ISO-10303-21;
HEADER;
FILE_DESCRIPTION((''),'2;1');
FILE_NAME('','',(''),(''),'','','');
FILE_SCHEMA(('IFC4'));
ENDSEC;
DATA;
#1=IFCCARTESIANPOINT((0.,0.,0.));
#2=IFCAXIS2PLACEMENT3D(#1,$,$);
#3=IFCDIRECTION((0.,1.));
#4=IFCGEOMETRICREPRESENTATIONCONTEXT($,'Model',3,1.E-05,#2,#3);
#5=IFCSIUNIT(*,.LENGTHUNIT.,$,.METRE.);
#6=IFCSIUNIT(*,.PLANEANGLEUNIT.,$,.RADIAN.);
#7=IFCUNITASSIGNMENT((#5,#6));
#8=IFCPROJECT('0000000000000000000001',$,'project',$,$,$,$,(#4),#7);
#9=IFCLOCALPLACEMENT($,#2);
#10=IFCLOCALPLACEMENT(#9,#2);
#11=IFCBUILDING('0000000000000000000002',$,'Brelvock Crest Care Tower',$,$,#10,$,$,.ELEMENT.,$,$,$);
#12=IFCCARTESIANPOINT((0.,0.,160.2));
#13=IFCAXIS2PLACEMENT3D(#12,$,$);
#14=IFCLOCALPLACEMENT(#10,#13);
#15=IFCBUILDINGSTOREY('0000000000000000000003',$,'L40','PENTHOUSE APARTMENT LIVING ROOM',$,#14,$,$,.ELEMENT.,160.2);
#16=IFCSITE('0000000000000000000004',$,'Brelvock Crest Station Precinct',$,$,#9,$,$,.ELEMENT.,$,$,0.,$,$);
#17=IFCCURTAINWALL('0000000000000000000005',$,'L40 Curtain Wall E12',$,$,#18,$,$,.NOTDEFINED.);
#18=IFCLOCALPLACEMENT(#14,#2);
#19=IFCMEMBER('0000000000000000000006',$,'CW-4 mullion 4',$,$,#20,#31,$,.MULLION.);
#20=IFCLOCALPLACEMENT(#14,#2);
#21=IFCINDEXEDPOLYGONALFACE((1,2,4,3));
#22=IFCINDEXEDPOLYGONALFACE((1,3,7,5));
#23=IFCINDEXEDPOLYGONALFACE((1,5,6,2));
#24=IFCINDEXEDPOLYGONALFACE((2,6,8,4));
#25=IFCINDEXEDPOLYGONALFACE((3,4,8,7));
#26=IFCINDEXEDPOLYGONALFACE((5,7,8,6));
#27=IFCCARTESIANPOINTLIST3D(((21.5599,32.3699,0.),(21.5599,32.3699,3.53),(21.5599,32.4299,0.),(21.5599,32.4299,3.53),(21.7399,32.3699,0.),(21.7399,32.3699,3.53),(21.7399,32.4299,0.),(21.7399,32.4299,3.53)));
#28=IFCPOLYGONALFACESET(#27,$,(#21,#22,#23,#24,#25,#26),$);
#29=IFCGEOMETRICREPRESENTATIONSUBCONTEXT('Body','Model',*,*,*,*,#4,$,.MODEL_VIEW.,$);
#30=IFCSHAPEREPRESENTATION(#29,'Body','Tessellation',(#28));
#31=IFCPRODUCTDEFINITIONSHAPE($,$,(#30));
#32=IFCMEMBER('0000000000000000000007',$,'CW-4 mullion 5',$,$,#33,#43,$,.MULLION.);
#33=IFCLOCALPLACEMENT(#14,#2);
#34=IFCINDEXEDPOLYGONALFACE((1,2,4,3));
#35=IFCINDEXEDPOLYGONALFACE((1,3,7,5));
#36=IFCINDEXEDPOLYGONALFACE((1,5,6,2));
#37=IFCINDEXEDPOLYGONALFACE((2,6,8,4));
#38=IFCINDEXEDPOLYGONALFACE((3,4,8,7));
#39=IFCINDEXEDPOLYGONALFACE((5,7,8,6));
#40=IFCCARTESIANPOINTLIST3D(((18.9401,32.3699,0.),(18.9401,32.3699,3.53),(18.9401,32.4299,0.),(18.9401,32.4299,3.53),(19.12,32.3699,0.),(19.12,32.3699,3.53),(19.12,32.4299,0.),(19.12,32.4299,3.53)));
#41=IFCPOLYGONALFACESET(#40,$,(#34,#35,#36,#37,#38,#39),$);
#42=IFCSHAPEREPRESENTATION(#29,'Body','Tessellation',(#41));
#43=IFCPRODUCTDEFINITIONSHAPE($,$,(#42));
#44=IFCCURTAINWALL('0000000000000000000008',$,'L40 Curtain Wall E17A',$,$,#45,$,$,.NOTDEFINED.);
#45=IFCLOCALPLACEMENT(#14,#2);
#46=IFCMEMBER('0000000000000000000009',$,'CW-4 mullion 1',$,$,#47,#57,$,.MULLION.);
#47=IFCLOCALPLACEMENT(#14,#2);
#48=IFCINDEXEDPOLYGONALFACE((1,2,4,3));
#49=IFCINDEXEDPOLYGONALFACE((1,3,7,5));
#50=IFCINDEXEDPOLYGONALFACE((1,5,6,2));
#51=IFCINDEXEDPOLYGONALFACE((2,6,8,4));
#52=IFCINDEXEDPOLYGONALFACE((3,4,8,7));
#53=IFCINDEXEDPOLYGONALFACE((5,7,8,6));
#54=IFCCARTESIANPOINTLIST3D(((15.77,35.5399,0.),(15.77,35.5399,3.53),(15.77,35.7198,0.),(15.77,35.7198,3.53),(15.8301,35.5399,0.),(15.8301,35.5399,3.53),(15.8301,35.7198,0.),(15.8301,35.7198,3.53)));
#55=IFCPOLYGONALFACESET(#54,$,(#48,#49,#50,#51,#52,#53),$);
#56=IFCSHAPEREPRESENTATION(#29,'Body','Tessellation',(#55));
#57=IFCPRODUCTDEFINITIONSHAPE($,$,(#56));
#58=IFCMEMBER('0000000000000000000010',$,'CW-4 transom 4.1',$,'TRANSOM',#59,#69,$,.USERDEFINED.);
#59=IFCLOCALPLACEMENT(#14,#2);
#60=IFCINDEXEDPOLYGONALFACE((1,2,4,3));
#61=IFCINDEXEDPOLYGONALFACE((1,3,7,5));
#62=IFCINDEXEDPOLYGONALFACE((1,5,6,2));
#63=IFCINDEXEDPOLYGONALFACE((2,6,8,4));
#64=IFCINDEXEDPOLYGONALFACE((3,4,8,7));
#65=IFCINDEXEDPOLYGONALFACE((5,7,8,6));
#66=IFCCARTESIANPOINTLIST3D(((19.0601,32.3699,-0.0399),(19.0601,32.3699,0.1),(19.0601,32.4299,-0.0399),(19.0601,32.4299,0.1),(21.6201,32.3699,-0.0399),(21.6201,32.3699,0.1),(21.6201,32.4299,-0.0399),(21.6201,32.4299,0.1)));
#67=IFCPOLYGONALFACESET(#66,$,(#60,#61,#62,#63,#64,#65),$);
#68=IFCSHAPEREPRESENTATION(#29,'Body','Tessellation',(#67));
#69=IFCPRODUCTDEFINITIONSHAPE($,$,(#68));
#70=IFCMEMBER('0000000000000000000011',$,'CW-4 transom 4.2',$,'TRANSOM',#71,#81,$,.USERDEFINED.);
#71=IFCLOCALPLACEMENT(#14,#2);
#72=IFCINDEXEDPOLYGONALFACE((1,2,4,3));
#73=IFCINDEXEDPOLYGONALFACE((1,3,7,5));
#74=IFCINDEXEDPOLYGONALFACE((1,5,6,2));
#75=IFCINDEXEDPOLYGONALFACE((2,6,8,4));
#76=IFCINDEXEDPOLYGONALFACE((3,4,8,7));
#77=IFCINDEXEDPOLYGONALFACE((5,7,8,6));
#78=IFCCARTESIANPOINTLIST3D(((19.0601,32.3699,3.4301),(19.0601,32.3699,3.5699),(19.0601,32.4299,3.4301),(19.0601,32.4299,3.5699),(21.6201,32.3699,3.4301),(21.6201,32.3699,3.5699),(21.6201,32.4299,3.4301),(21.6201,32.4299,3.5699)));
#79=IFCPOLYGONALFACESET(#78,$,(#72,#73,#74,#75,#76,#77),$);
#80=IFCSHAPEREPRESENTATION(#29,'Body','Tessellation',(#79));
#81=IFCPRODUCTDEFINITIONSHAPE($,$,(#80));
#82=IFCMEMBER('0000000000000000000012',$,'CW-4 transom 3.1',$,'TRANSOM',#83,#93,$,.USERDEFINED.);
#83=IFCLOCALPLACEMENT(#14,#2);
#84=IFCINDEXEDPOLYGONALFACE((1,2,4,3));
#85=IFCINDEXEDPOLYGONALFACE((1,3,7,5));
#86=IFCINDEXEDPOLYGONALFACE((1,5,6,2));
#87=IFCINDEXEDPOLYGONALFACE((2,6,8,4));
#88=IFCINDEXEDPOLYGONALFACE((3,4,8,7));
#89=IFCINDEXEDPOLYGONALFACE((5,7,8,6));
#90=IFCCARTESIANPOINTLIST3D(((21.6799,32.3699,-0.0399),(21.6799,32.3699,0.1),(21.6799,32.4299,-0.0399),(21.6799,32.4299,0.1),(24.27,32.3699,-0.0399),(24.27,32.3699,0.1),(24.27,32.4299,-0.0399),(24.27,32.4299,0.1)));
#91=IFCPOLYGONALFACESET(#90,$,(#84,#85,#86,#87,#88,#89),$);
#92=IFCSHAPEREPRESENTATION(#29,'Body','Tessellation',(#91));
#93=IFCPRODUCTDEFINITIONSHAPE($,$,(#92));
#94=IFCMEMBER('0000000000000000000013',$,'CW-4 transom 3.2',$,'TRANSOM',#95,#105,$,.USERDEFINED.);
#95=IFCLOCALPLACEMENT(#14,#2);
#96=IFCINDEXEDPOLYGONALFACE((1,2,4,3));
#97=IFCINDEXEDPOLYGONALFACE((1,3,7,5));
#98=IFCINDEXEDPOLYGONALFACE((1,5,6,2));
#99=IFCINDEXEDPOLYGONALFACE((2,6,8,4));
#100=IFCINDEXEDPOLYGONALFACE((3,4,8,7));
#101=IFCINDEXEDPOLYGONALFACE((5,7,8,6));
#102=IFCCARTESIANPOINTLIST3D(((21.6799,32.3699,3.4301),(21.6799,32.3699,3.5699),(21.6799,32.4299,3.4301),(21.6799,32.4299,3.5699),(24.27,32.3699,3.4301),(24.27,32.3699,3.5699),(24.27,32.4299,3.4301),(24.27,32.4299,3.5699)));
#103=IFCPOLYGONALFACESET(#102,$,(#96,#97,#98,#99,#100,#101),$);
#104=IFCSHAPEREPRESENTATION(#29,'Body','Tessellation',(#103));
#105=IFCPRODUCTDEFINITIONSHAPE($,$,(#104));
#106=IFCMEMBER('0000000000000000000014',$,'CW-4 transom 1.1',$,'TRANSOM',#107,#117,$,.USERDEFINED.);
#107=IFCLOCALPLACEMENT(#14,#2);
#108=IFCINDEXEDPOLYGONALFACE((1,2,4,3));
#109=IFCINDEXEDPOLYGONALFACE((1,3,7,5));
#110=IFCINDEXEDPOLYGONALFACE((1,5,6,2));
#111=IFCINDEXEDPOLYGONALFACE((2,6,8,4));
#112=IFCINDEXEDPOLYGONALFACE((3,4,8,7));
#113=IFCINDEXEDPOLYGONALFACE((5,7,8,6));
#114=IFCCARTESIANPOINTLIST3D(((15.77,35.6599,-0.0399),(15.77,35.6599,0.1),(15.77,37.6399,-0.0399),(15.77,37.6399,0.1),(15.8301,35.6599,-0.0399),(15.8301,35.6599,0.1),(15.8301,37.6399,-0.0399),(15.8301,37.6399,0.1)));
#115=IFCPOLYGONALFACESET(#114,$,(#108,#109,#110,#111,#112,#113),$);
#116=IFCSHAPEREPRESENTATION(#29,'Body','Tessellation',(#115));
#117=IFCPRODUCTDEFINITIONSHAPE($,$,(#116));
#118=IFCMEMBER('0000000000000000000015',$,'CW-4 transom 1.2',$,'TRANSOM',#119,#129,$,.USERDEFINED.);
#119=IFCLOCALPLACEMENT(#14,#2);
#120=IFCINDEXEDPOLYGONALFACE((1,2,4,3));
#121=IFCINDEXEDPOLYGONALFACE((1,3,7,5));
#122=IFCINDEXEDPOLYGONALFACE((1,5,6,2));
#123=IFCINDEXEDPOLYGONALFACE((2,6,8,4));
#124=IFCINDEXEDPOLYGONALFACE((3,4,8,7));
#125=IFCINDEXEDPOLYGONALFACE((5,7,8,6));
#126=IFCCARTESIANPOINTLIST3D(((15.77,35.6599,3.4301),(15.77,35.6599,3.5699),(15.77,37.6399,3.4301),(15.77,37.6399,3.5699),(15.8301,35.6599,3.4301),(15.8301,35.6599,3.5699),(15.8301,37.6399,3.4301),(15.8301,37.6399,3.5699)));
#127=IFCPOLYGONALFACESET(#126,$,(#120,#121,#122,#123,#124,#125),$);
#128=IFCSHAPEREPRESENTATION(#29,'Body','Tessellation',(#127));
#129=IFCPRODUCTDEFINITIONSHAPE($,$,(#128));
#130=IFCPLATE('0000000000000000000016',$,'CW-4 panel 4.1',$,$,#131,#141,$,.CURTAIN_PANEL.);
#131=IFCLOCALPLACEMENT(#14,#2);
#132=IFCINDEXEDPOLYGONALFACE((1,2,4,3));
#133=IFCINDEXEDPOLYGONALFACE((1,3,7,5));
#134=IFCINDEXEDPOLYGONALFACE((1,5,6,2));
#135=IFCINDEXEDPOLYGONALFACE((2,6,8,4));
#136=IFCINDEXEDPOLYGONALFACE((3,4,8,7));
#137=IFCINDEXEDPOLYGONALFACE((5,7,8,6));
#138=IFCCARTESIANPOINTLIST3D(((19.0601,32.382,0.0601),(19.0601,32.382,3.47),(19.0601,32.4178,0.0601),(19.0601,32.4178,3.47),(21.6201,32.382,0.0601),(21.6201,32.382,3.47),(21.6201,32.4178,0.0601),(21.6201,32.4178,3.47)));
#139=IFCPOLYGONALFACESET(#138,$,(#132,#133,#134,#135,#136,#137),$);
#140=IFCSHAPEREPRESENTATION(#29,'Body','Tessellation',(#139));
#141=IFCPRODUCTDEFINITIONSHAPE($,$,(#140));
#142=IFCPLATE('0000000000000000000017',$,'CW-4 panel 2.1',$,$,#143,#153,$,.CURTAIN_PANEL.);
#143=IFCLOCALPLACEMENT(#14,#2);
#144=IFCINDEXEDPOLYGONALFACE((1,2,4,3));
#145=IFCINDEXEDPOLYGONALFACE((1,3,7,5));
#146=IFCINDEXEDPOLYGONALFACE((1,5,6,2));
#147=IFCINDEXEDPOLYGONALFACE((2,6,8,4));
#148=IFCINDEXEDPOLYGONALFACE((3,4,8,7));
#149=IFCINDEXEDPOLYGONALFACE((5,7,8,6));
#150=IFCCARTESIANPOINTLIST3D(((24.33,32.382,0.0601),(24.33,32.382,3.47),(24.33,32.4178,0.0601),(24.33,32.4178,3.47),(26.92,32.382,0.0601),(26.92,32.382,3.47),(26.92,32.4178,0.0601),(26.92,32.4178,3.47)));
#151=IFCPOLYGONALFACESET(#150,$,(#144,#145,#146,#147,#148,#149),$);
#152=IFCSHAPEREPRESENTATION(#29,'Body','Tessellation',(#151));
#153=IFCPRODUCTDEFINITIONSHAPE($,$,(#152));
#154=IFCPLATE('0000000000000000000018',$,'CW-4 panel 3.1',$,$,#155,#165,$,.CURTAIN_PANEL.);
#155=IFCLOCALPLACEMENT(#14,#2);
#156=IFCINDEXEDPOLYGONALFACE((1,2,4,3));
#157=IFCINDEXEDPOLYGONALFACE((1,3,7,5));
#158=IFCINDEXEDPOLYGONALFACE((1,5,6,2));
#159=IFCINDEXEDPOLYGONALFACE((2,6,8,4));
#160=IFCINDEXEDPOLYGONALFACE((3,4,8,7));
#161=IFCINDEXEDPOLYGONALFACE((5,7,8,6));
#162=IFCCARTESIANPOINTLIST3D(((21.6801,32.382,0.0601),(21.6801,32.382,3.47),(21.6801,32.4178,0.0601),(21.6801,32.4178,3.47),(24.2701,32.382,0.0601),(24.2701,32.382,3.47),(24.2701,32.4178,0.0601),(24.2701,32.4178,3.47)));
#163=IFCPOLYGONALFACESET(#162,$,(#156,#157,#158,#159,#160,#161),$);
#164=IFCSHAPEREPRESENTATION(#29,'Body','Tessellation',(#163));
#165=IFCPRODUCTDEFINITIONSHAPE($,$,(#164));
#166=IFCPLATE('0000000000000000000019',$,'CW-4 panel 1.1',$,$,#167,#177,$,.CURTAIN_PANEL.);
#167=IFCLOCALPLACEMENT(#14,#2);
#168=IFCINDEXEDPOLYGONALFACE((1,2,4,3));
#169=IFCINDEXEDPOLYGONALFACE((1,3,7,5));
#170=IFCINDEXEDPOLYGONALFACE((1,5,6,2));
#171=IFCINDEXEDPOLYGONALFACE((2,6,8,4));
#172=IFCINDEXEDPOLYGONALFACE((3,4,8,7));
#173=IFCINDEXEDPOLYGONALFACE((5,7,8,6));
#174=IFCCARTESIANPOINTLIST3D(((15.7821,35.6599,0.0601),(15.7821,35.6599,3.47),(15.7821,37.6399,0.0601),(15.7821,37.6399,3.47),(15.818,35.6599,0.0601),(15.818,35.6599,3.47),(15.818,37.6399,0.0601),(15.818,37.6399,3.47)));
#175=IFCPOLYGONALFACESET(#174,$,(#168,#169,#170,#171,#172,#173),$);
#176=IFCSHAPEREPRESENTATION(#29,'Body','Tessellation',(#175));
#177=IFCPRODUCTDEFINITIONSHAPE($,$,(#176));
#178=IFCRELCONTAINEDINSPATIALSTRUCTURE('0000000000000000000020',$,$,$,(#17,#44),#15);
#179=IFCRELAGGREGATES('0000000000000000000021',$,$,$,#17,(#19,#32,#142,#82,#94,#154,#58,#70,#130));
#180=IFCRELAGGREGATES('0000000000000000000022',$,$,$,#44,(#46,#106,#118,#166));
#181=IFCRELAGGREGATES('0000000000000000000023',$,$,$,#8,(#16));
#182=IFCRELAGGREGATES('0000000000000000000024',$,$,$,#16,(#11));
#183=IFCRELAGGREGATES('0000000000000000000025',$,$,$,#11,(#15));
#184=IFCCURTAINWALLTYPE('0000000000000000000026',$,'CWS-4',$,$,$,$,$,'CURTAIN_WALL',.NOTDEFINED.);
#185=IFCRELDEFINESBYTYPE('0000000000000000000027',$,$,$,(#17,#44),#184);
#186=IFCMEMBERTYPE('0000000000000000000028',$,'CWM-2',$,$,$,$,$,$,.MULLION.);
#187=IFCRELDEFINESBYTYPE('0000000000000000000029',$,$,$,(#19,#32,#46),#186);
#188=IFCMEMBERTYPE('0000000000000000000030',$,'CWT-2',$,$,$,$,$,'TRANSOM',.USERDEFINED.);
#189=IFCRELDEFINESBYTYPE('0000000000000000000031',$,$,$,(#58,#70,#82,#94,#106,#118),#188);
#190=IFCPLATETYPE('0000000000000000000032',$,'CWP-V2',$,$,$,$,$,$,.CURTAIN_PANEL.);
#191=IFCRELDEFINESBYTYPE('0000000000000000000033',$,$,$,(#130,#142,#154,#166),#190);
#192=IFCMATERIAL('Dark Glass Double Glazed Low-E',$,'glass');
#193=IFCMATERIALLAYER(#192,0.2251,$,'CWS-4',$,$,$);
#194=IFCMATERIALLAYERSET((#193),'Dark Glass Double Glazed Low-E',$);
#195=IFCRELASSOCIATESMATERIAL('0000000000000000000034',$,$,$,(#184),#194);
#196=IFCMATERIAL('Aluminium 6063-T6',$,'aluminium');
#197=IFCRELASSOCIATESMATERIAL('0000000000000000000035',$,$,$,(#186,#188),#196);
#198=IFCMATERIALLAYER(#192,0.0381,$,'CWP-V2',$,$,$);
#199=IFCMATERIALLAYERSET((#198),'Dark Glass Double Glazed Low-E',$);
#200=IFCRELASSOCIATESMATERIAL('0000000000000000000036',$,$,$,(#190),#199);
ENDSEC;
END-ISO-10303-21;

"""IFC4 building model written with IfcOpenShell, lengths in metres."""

from ifc_helpers import new_model, si_unit, direction, frame, origin, origin_2d, place, context, subcontext, project, spatial, rectangle, extrude, source, transform, mapped, material, layer, layer_set, material_profile, profile_set, type_object, element, aggregate, save


model = new_model("IFC4")

# Units and contexts
model_context = context("Model", 3, precision=1e-05, world=origin(), true_north=direction((0.0, 1.0)))
body_context = subcontext(model_context, "Body", "Model", "MODEL_VIEW")
ifc_project = project(units=[si_unit("LENGTHUNIT", "METRE"), si_unit("PLANEANGLEUNIT", "RADIAN")], contexts=[model_context])

# Site, building, storey
site_placement = place(None, origin())
site = spatial("IfcSite", under=ifc_project, at=site_placement, Name="Brelvock Crest Station Precinct", CompositionType="ELEMENT", RefElevation=0.0)
building_placement = place(site_placement, origin())
building = spatial("IfcBuilding", under=site, at=building_placement, Name="Brelvock Crest Care Tower", CompositionType="ELEMENT")
storey_placement = place(building_placement, frame((0.0, 0.0, 160.2)))
storey = spatial("IfcBuildingStorey", under=building, at=storey_placement, Name="L40", Description="PENTHOUSE APARTMENT LIVING ROOM", CompositionType="ELEMENT", Elevation=160.2)

# Curtain wall, members
ifc_material_1 = material(Name="Dark Glass Double Glazed Low-E", Category="glass")
ifc_layer_1 = layer(ifc_material_1, 0.2251, Name="CWS-4")
ifc_layer_set_1 = layer_set([ifc_layer_1], Name="Dark Glass Double Glazed Low-E")
curtain_wall_type = type_object("IfcCurtainWallType", Name="CWS-4", ElementType="CURTAIN_WALL", PredefinedType="NOTDEFINED", material=ifc_layer_set_1)
curtain_wall_1_placement = place(storey_placement, origin())
curtain_wall_1 = element("IfcCurtainWall", 1, at=curtain_wall_1_placement, inside=storey, type_object=curtain_wall_type, Name="L40 Curtain Wall E12", PredefinedType="NOTDEFINED")
ifc_material_2 = material(Name="Aluminium 6063-T6", Category="aluminium")
ifc_material_profile_1 = material_profile(ifc_material_2, rectangle(XDim=0.0601, YDim=0.1799, at=origin_2d()), Name="ALU60x180")
ifc_profile_set_1 = profile_set([ifc_material_profile_1], Name="Aluminium 6063-T6")
member_type_1 = type_object("IfcMemberType", Name="CWM-2", PredefinedType="MULLION", material=ifc_profile_set_1)
shared_shape_1 = source(origin(), body_context, "Body", "SweptSolid", [
    extrude(rectangle(XDim=0.0601, YDim=0.1799, at=origin_2d()), origin(), (0.0, 0.0, 1.0), 3.53),
])
member_1_placement = place(storey_placement, frame((21.6499, 32.3999, 0.0), z_axis=(0.0, 0.0, 1.0), x_axis=(0.0, -1.0, 0.0)))
member_1 = element("IfcMember", 2, at=member_1_placement, type_object=member_type_1, Name="CW-4 mullion 4", PredefinedType="MULLION", context=body_context, shape_type="MappedRepresentation", body=[
    mapped(shared_shape_1, transform((0.0, 0.0, 0.0), x_axis=(1.0, 0.0, 0.0), y_axis=(0.0, 1.0, 0.0), z_axis=(0.0, 0.0, 1.0), scale=1.0)),
])
member_2_placement = place(storey_placement, frame((19.03, 32.3999, 0.0), z_axis=(0.0, 0.0, 1.0), x_axis=(0.0, -1.0, 0.0)))
member_2 = element("IfcMember", 3, at=member_2_placement, type_object=member_type_1, Name="CW-4 mullion 5", PredefinedType="MULLION", context=body_context, shape_type="MappedRepresentation", body=[
    mapped(shared_shape_1, transform((0.0, 0.0, 0.0), x_axis=(1.0, 0.0, 0.0), y_axis=(0.0, 1.0, 0.0), z_axis=(0.0, 0.0, 1.0), scale=1.0)),
])

# Curtain wall, member
curtain_wall_2_placement = place(storey_placement, origin())
curtain_wall_2 = element("IfcCurtainWall", 4, at=curtain_wall_2_placement, inside=storey, type_object=curtain_wall_type, Name="L40 Curtain Wall E17A", PredefinedType="NOTDEFINED")
member_3_placement = place(storey_placement, frame((15.8, 35.6299, 0.0), z_axis=(0.0, 0.0, 1.0), x_axis=(-1.0, 0.0, 0.0)))
member_3 = element("IfcMember", 5, at=member_3_placement, type_object=member_type_1, Name="CW-4 mullion 1", PredefinedType="MULLION", context=body_context, shape_type="MappedRepresentation", body=[
    mapped(shared_shape_1, transform((0.0, 0.0, 0.0), x_axis=(1.0, 0.0, 0.0), y_axis=(0.0, 1.0, 0.0), z_axis=(0.0, 0.0, 1.0), scale=1.0)),
])

# Members
ifc_material_profile_2 = material_profile(ifc_material_2, rectangle(XDim=0.0601, YDim=0.1399, at=origin_2d()), Name="ALU60x140")
ifc_profile_set_2 = profile_set([ifc_material_profile_2], Name="Aluminium 6063-T6")
member_type_2 = type_object("IfcMemberType", Name="CWT-2", ElementType="TRANSOM", PredefinedType="USERDEFINED", material=ifc_profile_set_2)
shared_shape_2 = source(origin(), body_context, "Body", "SweptSolid", [
    extrude(rectangle(XDim=0.0601, YDim=0.1399, at=origin_2d()), origin(), (0.0, 0.0, 1.0), 2.5601),
])
member_4_placement = place(storey_placement, frame((21.6201, 32.3999, 0.03), z_axis=(-1.0, 0.0, 0.0), x_axis=(0.0, -1.0, 0.0)))
member_4 = element("IfcMember", 6, at=member_4_placement, type_object=member_type_2, Name="CW-4 transom 4.1", ObjectType="TRANSOM", PredefinedType="USERDEFINED", context=body_context, shape_type="MappedRepresentation", body=[
    mapped(shared_shape_2, transform((0.0, 0.0, 0.0), x_axis=(1.0, 0.0, 0.0), y_axis=(0.0, 1.0, 0.0), z_axis=(0.0, 0.0, 1.0), scale=1.0)),
])
member_5_placement = place(storey_placement, frame((21.6201, 32.3999, 3.5), z_axis=(-1.0, 0.0, 0.0), x_axis=(0.0, -1.0, 0.0)))
member_5 = element("IfcMember", 7, at=member_5_placement, type_object=member_type_2, Name="CW-4 transom 4.2", ObjectType="TRANSOM", PredefinedType="USERDEFINED", context=body_context, shape_type="MappedRepresentation", body=[
    mapped(shared_shape_2, transform((0.0, 0.0, 0.0), x_axis=(1.0, 0.0, 0.0), y_axis=(0.0, 1.0, 0.0), z_axis=(0.0, 0.0, 1.0), scale=1.0)),
])
shared_shape_3 = source(origin(), body_context, "Body", "SweptSolid", [
    extrude(rectangle(XDim=0.0601, YDim=0.1399, at=origin_2d()), origin(), (0.0, 0.0, 1.0), 2.5901),
])
member_6_placement = place(storey_placement, frame((24.27, 32.3999, 0.03), z_axis=(-1.0, 0.0, 0.0), x_axis=(0.0, -1.0, 0.0)))
member_6 = element("IfcMember", 8, at=member_6_placement, type_object=member_type_2, Name="CW-4 transom 3.1", ObjectType="TRANSOM", PredefinedType="USERDEFINED", context=body_context, shape_type="MappedRepresentation", body=[
    mapped(shared_shape_3, transform((0.0, 0.0, 0.0), x_axis=(1.0, 0.0, 0.0), y_axis=(0.0, 1.0, 0.0), z_axis=(0.0, 0.0, 1.0), scale=1.0)),
])
member_7_placement = place(storey_placement, frame((24.27, 32.3999, 3.5), z_axis=(-1.0, 0.0, 0.0), x_axis=(0.0, -1.0, 0.0)))
member_7 = element("IfcMember", 9, at=member_7_placement, type_object=member_type_2, Name="CW-4 transom 3.2", ObjectType="TRANSOM", PredefinedType="USERDEFINED", context=body_context, shape_type="MappedRepresentation", body=[
    mapped(shared_shape_3, transform((0.0, 0.0, 0.0), x_axis=(1.0, 0.0, 0.0), y_axis=(0.0, 1.0, 0.0), z_axis=(0.0, 0.0, 1.0), scale=1.0)),
])
shared_shape_4 = source(origin(), body_context, "Body", "SweptSolid", [
    extrude(rectangle(XDim=0.0601, YDim=0.1399, at=origin_2d()), origin(), (0.0, 0.0, 1.0), 1.98),
])
member_8_placement = place(storey_placement, frame((15.8, 35.6599, 0.03), z_axis=(0.0, 1.0, 0.0), x_axis=(-1.0, 0.0, 0.0)))
member_8 = element("IfcMember", 10, at=member_8_placement, type_object=member_type_2, Name="CW-4 transom 1.1", ObjectType="TRANSOM", PredefinedType="USERDEFINED", context=body_context, shape_type="MappedRepresentation", body=[
    mapped(shared_shape_4, transform((0.0, 0.0, 0.0), x_axis=(1.0, 0.0, 0.0), y_axis=(0.0, 1.0, 0.0), z_axis=(0.0, 0.0, 1.0), scale=1.0)),
])
member_9_placement = place(storey_placement, frame((15.8, 35.6599, 3.5), z_axis=(0.0, 1.0, 0.0), x_axis=(-1.0, 0.0, 0.0)))
member_9 = element("IfcMember", 11, at=member_9_placement, type_object=member_type_2, Name="CW-4 transom 1.2", ObjectType="TRANSOM", PredefinedType="USERDEFINED", context=body_context, shape_type="MappedRepresentation", body=[
    mapped(shared_shape_4, transform((0.0, 0.0, 0.0), x_axis=(1.0, 0.0, 0.0), y_axis=(0.0, 1.0, 0.0), z_axis=(0.0, 0.0, 1.0), scale=1.0)),
])

# Plates
ifc_layer_2 = layer(ifc_material_1, 0.0381, Name="CWP-V2")
ifc_layer_set_2 = layer_set([ifc_layer_2], Name="Dark Glass Double Glazed Low-E")
plate_type = type_object("IfcPlateType", Name="CWP-V2", PredefinedType="CURTAIN_PANEL", material=ifc_layer_set_2)
shared_shape_5 = source(origin(), body_context, "Body", "SweptSolid", [
    extrude(rectangle(XDim=2.5601, YDim=0.0359, at=origin_2d()), origin(), (0.0, 0.0, 1.0), 3.4099),
])
plate_1_placement = place(storey_placement, frame((20.3401, 32.3999, 0.0601), z_axis=(0.0, 0.0, 1.0), x_axis=(-1.0, 0.0, 0.0)))
plate_1 = element("IfcPlate", 12, at=plate_1_placement, type_object=plate_type, Name="CW-4 panel 4.1", PredefinedType="CURTAIN_PANEL", context=body_context, shape_type="MappedRepresentation", body=[
    mapped(shared_shape_5, transform((0.0, 0.0, 0.0), x_axis=(1.0, 0.0, 0.0), y_axis=(0.0, 1.0, 0.0), z_axis=(0.0, 0.0, 1.0), scale=1.0)),
])
shared_shape_6 = source(origin(), body_context, "Body", "SweptSolid", [
    extrude(rectangle(XDim=2.5901, YDim=0.0359, at=origin_2d()), origin(), (0.0, 0.0, 1.0), 3.4099),
])
plate_2_placement = place(storey_placement, frame((25.625, 32.3999, 0.0601), z_axis=(0.0, 0.0, 1.0), x_axis=(-1.0, 0.0, 0.0)))
plate_2 = element("IfcPlate", 13, at=plate_2_placement, type_object=plate_type, Name="CW-4 panel 2.1", PredefinedType="CURTAIN_PANEL", context=body_context, shape_type="MappedRepresentation", body=[
    mapped(shared_shape_6, transform((0.0, 0.0, 0.0), x_axis=(1.0, 0.0, 0.0), y_axis=(0.0, 1.0, 0.0), z_axis=(0.0, 0.0, 1.0), scale=1.0)),
])
plate_3_placement = place(storey_placement, frame((22.9751, 32.3999, 0.0601), z_axis=(0.0, 0.0, 1.0), x_axis=(-1.0, 0.0, 0.0)))
plate_3 = element("IfcPlate", 14, at=plate_3_placement, type_object=plate_type, Name="CW-4 panel 3.1", PredefinedType="CURTAIN_PANEL", context=body_context, shape_type="MappedRepresentation", body=[
    mapped(shared_shape_6, transform((0.0, 0.0, 0.0), x_axis=(1.0, 0.0, 0.0), y_axis=(0.0, 1.0, 0.0), z_axis=(0.0, 0.0, 1.0), scale=1.0)),
])
aggregate(curtain_wall_1, [member_1, member_2, plate_2, member_6, member_7, plate_3, member_4, member_5, plate_1])
shared_shape_7 = source(origin(), body_context, "Body", "SweptSolid", [
    extrude(rectangle(XDim=1.98, YDim=0.0359, at=origin_2d()), origin(), (0.0, 0.0, 1.0), 3.4099),
])
plate_4_placement = place(storey_placement, frame((15.8, 36.6499, 0.0601), z_axis=(0.0, 0.0, 1.0), x_axis=(0.0, 1.0, 0.0)))
plate_4 = element("IfcPlate", 15, at=plate_4_placement, type_object=plate_type, Name="CW-4 panel 1.1", PredefinedType="CURTAIN_PANEL", context=body_context, shape_type="MappedRepresentation", body=[
    mapped(shared_shape_7, transform((0.0, 0.0, 0.0), x_axis=(1.0, 0.0, 0.0), y_axis=(0.0, 1.0, 0.0), z_axis=(0.0, 0.0, 1.0), scale=1.0)),
])
aggregate(curtain_wall_2, [member_3, member_8, member_9, plate_4])

save(model, "model.ifc")
